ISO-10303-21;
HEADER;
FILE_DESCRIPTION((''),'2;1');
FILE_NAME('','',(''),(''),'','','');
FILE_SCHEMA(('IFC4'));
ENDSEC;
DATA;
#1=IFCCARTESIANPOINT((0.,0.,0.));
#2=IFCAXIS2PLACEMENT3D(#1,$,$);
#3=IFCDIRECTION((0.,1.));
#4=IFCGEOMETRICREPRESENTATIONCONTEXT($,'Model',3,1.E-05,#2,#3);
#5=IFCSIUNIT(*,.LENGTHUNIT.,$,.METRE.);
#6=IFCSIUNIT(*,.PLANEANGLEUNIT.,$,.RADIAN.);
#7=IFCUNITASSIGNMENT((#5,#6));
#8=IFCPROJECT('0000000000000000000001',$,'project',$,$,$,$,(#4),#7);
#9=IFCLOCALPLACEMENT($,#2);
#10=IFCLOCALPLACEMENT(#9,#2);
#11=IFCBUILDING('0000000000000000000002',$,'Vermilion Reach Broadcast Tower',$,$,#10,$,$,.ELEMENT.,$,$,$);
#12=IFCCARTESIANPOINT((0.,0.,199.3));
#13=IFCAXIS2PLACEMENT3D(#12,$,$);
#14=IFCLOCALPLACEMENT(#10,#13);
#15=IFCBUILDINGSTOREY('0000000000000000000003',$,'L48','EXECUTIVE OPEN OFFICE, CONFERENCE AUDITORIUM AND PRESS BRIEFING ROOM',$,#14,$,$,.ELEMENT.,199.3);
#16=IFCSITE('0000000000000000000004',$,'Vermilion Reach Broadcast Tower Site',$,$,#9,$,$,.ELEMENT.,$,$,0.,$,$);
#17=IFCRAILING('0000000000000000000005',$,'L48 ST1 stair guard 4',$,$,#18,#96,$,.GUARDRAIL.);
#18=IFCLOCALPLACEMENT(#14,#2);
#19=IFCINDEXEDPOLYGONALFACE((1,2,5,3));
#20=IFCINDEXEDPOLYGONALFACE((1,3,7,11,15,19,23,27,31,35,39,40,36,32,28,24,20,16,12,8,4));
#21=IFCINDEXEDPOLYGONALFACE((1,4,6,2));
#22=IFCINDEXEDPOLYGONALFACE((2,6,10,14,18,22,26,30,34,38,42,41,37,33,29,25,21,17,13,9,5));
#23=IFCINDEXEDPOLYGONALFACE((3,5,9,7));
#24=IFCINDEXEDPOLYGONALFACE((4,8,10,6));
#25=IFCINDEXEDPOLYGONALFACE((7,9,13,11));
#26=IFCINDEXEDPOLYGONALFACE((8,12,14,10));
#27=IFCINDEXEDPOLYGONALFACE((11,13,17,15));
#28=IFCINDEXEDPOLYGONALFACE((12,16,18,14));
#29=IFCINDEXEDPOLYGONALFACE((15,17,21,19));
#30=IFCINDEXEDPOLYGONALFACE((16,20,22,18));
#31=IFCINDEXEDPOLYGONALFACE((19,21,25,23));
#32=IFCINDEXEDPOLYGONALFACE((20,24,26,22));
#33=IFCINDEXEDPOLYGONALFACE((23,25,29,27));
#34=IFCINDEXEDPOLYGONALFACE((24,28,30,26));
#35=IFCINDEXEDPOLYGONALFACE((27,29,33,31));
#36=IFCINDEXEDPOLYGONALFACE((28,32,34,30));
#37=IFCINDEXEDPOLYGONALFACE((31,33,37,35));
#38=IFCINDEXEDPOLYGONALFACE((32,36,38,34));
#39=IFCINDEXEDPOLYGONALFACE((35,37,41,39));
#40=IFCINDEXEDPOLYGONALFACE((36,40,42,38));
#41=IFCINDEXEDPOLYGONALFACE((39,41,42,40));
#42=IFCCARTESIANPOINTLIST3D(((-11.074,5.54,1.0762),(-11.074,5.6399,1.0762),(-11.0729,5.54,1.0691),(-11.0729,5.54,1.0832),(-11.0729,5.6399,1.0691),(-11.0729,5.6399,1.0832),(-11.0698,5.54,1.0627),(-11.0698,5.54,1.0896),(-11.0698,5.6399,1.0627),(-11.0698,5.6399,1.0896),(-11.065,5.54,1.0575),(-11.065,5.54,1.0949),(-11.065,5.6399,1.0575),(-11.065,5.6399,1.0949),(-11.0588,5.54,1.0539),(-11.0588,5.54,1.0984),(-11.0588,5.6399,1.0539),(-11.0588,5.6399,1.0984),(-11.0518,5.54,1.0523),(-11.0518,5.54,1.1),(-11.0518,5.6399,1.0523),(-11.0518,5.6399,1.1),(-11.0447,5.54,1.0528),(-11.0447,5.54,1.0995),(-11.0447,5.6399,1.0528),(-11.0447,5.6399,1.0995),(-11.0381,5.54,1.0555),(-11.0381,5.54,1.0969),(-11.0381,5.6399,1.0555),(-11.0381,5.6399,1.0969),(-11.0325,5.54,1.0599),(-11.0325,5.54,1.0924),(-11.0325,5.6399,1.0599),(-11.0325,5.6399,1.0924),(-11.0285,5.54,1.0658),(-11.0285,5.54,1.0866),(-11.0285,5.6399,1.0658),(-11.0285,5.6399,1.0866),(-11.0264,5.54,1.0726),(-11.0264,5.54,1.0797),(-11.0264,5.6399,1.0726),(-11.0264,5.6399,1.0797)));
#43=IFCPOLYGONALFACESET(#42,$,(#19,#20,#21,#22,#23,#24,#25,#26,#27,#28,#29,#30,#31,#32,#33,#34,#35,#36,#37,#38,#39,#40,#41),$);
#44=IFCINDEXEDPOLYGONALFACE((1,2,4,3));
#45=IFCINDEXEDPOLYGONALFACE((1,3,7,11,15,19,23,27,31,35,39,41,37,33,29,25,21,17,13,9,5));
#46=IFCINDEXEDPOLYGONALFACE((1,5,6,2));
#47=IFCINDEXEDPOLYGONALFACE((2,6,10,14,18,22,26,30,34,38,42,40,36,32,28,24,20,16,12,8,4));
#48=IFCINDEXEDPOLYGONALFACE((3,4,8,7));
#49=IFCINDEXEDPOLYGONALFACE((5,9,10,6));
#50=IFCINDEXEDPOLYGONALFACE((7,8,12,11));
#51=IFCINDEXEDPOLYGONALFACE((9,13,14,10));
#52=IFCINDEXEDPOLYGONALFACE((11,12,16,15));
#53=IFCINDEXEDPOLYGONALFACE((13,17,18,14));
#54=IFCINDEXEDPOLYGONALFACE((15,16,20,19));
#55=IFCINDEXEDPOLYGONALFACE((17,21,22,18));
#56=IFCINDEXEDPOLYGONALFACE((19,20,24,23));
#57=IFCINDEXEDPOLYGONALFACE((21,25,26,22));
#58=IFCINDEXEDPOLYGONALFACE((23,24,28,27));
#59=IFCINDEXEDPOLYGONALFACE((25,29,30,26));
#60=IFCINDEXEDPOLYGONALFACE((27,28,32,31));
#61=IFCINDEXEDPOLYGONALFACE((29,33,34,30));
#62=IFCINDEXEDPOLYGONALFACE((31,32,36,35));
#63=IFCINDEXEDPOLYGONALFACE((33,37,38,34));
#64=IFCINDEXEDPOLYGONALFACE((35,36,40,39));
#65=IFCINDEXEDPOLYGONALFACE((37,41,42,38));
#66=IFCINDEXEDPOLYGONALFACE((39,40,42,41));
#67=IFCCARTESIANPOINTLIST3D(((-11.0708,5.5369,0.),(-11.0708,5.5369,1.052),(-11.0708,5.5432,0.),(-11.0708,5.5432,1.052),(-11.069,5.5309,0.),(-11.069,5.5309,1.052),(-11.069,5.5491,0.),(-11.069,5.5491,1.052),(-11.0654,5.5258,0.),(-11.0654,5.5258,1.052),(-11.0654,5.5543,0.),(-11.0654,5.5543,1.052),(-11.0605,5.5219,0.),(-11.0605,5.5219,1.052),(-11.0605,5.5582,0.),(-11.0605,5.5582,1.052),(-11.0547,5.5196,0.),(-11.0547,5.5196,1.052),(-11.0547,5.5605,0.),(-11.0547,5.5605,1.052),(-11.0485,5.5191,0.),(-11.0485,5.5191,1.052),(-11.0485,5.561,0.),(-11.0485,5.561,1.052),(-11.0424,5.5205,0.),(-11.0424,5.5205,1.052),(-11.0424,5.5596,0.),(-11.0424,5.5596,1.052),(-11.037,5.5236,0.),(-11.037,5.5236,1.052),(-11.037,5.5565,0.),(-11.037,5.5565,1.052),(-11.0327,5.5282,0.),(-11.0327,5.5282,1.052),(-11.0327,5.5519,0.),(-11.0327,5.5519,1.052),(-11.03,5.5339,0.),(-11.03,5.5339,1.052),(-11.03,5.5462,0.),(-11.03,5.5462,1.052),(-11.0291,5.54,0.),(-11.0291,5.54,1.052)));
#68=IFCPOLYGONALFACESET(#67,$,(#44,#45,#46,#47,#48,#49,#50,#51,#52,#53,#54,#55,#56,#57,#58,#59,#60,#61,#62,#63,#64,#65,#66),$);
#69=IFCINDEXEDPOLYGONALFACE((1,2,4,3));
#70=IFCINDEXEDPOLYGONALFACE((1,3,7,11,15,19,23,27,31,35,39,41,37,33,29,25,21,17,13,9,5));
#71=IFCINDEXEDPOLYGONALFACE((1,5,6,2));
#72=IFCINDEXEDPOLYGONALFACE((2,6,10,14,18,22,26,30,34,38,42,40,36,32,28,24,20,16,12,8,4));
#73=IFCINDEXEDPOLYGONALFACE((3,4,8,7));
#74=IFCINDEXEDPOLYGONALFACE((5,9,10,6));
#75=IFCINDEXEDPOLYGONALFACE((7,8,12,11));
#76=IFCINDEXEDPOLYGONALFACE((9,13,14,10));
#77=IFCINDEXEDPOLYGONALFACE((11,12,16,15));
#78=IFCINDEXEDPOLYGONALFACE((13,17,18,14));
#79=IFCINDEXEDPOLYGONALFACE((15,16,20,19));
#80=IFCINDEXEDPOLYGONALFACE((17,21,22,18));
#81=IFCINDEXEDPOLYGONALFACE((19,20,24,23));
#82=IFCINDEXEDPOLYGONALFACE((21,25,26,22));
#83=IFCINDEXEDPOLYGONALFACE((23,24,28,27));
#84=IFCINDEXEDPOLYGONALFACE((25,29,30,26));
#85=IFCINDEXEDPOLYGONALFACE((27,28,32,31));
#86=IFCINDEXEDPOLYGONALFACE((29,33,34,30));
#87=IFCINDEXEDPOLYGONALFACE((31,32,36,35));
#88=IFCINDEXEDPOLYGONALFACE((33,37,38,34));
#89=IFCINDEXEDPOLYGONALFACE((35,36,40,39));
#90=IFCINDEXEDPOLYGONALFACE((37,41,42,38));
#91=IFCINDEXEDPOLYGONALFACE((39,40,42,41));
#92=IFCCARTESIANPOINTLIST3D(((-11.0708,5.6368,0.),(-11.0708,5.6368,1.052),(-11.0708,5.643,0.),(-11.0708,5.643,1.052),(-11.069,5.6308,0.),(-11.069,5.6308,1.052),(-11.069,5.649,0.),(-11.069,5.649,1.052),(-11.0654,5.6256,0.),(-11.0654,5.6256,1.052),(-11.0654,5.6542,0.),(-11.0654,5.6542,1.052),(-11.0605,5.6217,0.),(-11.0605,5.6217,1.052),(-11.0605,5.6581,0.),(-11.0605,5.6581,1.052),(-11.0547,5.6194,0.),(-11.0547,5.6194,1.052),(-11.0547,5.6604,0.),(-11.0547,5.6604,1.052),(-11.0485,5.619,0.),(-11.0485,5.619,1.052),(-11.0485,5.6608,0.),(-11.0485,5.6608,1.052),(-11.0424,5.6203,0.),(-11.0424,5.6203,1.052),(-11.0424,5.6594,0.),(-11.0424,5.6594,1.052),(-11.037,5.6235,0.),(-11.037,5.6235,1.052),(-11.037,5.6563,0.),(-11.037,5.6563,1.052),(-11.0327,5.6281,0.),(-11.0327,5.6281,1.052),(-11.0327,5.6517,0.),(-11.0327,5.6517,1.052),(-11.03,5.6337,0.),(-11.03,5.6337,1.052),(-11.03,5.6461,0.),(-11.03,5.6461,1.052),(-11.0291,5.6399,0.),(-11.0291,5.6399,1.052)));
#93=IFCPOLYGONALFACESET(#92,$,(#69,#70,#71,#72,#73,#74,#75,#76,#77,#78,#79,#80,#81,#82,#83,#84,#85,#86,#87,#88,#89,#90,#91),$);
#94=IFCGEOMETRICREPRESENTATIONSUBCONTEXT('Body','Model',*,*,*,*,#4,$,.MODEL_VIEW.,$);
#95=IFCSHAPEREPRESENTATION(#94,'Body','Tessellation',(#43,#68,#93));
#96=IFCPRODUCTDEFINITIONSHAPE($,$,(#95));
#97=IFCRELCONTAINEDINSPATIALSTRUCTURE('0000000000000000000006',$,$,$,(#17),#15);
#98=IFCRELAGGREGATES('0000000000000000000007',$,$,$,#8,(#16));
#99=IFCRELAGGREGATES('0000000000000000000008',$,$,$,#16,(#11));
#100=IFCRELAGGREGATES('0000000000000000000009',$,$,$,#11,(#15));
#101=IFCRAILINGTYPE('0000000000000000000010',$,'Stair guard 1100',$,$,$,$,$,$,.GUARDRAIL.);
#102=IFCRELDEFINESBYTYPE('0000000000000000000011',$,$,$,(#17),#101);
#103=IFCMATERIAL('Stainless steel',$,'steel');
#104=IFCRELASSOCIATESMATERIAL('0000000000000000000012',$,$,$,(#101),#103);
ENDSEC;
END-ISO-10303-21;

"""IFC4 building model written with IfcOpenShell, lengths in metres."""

from ifc_helpers import new_model, si_unit, direction, frame, origin, origin_2d, place, context, subcontext, project, spatial, circle, extrude, material, type_object, element, save


model = new_model("IFC4")

# Units and contexts
model_context = context("Model", 3, precision=1e-05, world=origin(), true_north=direction((0.0, 1.0)))
body_context = subcontext(model_context, "Body", "Model", "MODEL_VIEW")
ifc_project = project(units=[si_unit("LENGTHUNIT", "METRE"), si_unit("PLANEANGLEUNIT", "RADIAN")], contexts=[model_context])

# Site, building, storey
site_placement = place(None, origin())
site = spatial("IfcSite", under=ifc_project, at=site_placement, Name="Vermilion Reach Broadcast Tower Site", CompositionType="ELEMENT", RefElevation=0.0)
building_placement = place(site_placement, origin())
building = spatial("IfcBuilding", under=site, at=building_placement, Name="Vermilion Reach Broadcast Tower", CompositionType="ELEMENT")
storey_placement = place(building_placement, frame((0.0, 0.0, 199.3)))
storey = spatial("IfcBuildingStorey", under=building, at=storey_placement, Name="L48", Description="EXECUTIVE OPEN OFFICE, CONFERENCE AUDITORIUM AND PRESS BRIEFING ROOM", CompositionType="ELEMENT", Elevation=199.3)

# Railing
ifc_material_1 = material(Name="Stainless steel", Category="steel")
railing_type_1 = type_object("IfcRailingType", Name="Stair guard 1100", PredefinedType="GUARDRAIL", material=ifc_material_1)
railing_1_placement = place(storey_placement, frame((-11.05, 5.54, 0.0)))
element("IfcRailing", 1, at=railing_1_placement, inside=storey, type_object=railing_type_1, Name="L48 ST1 stair guard 4", PredefinedType="GUARDRAIL", context=body_context, shape_type="SweptSolid", body=[
    extrude(circle(Radius=0.0239, at=origin_2d()), frame((0.0, 0.0, 1.0762), z_axis=(0.0, 1.0, 0.0), x_axis=(-1.0, 0.0, 0.0)), (0.0, 0.0, 1.0), 0.0999),
    extrude(circle(Radius=0.021, at=origin_2d()), origin(), (0.0, 0.0, 1.0), 1.052),
    extrude(circle(Radius=0.021, at=origin_2d()), frame((0.0, 0.0999, 0.0)), (0.0, 0.0, 1.0), 1.052),
])

save(model, "model.ifc")
